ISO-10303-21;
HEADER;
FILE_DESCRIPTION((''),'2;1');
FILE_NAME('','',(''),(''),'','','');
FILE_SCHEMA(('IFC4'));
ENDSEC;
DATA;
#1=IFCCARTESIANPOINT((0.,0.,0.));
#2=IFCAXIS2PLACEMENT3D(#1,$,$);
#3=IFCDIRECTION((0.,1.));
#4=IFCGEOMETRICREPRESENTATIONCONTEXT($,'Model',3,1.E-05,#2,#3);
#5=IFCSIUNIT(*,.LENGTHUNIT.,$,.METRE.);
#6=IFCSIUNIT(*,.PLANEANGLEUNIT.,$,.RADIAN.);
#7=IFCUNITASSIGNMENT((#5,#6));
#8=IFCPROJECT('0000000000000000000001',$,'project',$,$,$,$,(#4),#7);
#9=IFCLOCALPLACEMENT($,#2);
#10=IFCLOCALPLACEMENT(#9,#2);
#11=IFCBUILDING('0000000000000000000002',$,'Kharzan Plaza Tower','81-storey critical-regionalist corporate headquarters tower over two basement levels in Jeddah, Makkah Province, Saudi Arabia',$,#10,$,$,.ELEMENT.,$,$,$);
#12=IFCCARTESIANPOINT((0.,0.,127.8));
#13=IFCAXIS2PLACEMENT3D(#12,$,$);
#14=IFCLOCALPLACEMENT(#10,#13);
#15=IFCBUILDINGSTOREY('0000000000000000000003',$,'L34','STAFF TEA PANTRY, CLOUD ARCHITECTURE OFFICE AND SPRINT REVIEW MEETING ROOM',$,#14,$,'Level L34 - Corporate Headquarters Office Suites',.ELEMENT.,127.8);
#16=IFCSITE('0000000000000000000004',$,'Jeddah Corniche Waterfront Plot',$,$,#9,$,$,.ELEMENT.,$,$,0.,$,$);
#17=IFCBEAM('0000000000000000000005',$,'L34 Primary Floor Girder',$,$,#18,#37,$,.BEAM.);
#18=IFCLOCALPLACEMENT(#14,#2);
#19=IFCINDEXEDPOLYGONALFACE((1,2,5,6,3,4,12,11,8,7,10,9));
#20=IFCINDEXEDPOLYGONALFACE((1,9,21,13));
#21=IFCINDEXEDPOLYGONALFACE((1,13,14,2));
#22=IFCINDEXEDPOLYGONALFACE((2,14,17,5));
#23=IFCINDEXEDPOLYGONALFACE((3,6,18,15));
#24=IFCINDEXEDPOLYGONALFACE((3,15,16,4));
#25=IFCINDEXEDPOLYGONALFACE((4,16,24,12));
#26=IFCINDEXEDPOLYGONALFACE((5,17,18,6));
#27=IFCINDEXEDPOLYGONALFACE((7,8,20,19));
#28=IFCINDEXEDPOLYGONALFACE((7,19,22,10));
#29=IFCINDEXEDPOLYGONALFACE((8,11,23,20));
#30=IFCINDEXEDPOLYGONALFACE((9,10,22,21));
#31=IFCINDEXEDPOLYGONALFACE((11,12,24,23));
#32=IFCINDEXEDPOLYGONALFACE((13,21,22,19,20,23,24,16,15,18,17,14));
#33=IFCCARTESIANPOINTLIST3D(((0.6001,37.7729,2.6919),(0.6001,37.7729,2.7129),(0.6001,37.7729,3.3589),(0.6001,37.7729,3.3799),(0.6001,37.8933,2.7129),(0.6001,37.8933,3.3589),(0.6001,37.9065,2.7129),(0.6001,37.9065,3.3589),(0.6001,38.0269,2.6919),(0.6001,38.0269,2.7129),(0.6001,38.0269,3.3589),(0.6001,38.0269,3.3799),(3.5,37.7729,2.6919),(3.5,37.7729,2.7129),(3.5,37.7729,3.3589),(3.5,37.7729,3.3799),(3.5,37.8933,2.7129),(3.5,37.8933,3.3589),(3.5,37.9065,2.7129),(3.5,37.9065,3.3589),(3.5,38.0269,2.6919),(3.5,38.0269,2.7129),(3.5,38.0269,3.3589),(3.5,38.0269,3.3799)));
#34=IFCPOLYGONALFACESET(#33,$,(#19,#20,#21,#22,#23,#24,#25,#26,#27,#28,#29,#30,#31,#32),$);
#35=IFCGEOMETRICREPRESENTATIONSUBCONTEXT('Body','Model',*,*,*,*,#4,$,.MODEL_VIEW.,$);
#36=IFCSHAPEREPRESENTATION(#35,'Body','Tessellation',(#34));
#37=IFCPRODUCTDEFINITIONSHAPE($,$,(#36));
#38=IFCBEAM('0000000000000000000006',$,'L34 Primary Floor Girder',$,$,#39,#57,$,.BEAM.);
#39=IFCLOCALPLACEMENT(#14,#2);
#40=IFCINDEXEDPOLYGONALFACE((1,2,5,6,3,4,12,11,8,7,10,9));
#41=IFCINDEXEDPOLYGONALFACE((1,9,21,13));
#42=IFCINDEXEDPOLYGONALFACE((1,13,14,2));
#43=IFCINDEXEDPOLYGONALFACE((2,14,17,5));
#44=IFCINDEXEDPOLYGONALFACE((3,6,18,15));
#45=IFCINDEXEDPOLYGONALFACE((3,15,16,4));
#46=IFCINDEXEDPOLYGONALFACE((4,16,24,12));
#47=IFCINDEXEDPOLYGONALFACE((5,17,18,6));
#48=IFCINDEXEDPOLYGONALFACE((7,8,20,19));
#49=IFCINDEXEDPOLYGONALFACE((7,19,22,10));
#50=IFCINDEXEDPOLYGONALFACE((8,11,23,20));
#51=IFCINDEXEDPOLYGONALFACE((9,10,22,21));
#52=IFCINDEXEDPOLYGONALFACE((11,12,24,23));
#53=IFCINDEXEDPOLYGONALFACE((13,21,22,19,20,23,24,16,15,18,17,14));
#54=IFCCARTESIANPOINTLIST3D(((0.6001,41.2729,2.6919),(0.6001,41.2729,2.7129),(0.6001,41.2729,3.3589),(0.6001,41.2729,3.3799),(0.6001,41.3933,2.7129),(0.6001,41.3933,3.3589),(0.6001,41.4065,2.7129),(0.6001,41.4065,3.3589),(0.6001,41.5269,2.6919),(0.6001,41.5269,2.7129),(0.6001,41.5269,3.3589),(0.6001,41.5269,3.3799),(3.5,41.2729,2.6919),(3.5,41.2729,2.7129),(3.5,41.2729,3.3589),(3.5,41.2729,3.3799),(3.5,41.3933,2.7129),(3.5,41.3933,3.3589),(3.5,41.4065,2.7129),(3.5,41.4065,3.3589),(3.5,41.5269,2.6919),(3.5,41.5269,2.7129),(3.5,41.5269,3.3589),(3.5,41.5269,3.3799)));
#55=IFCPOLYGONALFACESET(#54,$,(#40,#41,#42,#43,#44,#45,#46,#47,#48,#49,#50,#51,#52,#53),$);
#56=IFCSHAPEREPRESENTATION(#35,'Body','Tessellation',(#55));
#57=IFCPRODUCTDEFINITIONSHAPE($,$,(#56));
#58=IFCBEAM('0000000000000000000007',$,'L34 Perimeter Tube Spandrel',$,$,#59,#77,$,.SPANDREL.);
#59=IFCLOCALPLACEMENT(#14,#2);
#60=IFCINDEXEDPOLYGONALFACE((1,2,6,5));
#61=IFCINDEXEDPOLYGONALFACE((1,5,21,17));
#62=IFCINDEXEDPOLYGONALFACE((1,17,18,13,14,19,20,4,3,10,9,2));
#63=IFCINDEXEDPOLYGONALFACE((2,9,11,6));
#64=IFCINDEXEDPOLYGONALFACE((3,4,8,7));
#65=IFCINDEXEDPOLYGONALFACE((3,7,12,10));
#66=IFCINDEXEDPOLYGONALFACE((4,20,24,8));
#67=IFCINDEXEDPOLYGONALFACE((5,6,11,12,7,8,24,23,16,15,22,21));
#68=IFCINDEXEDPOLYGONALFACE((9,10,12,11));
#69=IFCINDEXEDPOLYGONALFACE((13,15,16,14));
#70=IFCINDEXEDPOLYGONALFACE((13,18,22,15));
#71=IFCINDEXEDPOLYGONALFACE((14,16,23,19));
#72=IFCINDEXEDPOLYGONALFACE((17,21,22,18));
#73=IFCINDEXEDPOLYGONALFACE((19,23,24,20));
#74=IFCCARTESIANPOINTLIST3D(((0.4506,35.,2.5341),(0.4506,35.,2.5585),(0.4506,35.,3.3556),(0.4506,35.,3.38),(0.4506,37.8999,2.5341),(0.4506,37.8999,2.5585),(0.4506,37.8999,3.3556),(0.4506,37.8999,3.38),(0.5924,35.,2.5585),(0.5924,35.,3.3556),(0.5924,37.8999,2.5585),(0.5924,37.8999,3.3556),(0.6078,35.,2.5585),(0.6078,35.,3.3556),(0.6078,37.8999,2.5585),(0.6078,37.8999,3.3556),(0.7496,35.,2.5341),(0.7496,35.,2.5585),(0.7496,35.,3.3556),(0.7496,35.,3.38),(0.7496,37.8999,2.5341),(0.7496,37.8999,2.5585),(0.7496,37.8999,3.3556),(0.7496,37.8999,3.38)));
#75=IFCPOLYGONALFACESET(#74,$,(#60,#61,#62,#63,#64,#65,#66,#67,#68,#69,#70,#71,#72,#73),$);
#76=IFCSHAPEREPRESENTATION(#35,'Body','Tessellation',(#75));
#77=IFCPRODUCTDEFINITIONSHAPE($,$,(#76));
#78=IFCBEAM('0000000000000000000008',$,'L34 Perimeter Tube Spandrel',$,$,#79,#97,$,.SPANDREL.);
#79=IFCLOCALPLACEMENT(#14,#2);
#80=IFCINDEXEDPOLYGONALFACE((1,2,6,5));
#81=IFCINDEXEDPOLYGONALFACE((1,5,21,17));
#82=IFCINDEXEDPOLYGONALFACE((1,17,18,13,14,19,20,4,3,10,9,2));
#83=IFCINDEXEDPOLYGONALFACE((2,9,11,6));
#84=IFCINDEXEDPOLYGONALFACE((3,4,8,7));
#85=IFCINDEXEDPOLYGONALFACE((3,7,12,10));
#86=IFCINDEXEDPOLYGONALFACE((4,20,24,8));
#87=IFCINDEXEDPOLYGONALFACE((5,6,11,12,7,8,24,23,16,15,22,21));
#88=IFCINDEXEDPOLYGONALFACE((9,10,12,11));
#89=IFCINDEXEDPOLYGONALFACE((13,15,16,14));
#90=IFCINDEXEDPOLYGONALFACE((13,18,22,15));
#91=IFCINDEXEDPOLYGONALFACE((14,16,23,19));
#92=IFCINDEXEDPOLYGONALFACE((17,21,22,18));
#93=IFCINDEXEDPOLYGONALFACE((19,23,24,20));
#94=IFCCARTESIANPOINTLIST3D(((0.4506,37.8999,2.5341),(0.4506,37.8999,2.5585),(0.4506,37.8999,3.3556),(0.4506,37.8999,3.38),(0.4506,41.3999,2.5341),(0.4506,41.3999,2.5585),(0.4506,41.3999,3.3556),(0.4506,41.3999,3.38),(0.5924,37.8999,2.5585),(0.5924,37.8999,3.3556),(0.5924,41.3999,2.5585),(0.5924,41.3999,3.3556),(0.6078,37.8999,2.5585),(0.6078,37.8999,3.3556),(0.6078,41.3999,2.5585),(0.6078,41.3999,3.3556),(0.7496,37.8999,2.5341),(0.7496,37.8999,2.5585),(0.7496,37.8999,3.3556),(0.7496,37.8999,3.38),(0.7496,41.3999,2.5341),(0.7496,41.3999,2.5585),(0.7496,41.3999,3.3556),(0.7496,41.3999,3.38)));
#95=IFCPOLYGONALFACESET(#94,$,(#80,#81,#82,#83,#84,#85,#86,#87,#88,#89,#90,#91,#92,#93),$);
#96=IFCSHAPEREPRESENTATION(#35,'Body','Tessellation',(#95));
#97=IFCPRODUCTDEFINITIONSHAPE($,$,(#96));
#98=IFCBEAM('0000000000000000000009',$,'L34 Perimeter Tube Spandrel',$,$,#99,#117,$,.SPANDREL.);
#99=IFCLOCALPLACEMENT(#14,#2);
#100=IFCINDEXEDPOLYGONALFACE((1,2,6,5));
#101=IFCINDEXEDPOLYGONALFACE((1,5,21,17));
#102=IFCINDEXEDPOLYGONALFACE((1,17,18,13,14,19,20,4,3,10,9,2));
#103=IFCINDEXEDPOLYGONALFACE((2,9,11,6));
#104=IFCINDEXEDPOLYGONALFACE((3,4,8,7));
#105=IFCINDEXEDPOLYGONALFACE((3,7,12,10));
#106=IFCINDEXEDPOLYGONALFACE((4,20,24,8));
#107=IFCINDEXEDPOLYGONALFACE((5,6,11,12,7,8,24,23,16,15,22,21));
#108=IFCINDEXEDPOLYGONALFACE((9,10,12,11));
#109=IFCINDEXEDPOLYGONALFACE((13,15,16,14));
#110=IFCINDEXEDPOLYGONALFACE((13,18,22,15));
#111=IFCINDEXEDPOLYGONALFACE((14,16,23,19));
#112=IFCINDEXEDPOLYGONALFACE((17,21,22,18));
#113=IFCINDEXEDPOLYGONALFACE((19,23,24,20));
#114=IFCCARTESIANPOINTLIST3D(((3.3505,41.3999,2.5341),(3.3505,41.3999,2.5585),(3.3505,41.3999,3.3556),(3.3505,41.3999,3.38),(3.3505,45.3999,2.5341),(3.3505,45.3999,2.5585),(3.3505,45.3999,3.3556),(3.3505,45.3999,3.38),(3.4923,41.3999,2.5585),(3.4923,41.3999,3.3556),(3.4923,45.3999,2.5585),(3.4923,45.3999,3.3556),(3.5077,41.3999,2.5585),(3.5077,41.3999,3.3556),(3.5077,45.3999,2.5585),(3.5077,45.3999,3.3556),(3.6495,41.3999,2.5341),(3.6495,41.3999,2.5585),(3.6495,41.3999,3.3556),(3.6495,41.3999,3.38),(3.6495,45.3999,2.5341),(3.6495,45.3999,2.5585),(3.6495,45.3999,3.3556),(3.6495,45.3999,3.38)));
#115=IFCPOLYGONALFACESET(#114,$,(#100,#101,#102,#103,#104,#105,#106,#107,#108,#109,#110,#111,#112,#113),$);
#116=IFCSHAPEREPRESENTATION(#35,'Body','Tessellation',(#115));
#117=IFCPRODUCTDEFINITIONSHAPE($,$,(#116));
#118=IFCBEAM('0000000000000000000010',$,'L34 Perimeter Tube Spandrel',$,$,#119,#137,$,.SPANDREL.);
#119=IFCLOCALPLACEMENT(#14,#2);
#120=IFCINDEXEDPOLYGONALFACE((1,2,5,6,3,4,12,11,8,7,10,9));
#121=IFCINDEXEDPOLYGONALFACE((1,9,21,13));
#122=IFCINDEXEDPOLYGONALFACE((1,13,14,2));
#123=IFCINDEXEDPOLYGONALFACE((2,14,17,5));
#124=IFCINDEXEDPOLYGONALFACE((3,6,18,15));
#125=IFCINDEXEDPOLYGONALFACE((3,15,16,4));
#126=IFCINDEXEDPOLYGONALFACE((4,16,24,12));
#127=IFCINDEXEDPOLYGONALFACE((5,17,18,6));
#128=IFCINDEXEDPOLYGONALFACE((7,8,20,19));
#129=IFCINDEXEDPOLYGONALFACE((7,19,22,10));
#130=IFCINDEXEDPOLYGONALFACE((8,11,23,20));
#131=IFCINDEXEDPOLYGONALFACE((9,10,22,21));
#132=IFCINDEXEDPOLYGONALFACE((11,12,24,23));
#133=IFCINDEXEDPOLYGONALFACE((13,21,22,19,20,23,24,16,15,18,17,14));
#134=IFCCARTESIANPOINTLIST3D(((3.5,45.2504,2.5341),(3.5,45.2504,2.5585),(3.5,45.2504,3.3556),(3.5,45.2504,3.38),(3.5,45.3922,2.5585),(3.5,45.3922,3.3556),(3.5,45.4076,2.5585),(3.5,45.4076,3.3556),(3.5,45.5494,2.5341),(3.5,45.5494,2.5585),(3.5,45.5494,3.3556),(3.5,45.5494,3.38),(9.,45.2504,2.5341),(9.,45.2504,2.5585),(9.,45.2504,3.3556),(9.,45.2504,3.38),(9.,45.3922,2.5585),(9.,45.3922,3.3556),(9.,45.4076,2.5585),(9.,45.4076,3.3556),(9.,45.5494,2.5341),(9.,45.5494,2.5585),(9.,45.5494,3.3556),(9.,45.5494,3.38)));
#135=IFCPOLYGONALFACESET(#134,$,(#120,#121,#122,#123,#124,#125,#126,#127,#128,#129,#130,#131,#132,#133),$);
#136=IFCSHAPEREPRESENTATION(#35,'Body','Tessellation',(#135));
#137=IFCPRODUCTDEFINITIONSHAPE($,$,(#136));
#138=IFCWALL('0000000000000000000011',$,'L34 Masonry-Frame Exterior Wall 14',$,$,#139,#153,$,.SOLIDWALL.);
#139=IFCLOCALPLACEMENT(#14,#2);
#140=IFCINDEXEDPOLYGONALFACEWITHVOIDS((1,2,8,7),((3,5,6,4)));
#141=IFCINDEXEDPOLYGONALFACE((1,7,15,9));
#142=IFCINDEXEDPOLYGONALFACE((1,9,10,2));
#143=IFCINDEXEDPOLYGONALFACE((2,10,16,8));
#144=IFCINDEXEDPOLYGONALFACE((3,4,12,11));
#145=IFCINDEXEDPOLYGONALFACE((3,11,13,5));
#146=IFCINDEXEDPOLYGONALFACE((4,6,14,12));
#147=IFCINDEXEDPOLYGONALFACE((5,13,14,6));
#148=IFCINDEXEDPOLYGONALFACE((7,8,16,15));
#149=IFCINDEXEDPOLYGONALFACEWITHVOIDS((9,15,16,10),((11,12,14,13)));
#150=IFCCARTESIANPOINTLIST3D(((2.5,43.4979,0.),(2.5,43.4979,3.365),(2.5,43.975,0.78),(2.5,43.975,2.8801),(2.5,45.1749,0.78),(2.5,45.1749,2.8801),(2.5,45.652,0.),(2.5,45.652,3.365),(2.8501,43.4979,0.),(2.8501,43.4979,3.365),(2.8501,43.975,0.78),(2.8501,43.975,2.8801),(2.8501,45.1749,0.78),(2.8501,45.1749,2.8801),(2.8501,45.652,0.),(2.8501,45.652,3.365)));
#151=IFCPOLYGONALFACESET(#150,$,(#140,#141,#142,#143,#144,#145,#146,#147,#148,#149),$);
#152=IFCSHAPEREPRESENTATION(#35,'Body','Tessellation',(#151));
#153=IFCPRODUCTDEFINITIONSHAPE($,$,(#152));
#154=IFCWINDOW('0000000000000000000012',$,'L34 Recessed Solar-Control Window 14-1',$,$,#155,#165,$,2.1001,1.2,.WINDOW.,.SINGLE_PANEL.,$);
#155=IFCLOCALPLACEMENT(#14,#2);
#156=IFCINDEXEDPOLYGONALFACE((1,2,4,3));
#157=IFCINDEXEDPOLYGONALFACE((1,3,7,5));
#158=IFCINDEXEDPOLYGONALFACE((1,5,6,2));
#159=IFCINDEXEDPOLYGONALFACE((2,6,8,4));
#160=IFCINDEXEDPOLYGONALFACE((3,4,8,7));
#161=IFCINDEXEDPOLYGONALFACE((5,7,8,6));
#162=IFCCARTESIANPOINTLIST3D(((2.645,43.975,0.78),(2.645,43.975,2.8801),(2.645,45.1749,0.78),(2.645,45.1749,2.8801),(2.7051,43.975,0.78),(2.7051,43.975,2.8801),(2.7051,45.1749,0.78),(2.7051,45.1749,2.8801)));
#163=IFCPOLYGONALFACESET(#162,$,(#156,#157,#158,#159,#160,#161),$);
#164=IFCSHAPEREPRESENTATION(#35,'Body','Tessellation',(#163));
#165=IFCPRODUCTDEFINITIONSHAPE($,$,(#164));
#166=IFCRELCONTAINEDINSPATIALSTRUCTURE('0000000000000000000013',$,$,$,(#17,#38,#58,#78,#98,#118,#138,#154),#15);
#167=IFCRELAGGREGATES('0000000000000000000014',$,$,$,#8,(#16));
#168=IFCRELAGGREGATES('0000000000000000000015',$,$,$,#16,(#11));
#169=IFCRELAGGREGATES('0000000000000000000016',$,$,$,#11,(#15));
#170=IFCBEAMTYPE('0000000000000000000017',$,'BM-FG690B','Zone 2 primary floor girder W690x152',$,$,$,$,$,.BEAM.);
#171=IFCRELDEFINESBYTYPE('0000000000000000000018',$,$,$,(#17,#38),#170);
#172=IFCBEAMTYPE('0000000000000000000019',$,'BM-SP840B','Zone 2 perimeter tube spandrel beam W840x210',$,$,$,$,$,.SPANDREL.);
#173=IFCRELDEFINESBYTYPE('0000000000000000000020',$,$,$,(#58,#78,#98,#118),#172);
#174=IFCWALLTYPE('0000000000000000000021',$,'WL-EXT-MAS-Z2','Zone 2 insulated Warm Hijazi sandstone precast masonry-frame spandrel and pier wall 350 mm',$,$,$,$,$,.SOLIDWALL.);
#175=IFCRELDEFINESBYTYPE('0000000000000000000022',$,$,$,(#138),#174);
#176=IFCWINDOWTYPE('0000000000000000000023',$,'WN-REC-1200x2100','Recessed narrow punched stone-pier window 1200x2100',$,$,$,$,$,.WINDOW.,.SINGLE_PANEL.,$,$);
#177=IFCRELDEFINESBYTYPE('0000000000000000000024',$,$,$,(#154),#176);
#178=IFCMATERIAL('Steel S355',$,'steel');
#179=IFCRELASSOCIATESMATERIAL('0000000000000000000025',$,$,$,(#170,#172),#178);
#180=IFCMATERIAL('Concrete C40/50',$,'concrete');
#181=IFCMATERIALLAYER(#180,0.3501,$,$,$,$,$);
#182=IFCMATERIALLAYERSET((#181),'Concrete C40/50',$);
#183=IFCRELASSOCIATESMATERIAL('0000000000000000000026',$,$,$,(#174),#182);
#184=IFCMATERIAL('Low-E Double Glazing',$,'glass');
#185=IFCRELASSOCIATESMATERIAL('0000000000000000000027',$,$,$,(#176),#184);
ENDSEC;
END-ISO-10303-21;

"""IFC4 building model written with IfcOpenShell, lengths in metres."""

from ifc_helpers import new_model, si_unit, direction, frame, frame_2d, origin, origin_2d, place, context, subcontext, project, spatial, rectangle, i_section, extrude, source, transform, mapped, material, layer, layer_set, material_profile, profile_set, type_object, element, fill, save


model = new_model("IFC4")

# Units and contexts
model_context = context("Model", 3, precision=1e-05, world=origin(), true_north=direction((0.0, 1.0)))
body_context = subcontext(model_context, "Body", "Model", "MODEL_VIEW")
ifc_project = project(units=[si_unit("LENGTHUNIT", "METRE"), si_unit("PLANEANGLEUNIT", "RADIAN")], contexts=[model_context])

# Site, building, storey
site_placement = place(None, origin())
site = spatial("IfcSite", under=ifc_project, at=site_placement, Name="Jeddah Corniche Waterfront Plot", CompositionType="ELEMENT", RefElevation=0.0)
building_placement = place(site_placement, origin())
building = spatial("IfcBuilding", under=site, at=building_placement, Name="Kharzan Plaza Tower", Description="81-storey critical-regionalist corporate headquarters tower over two basement levels in Jeddah, Makkah Province, Saudi Arabia", CompositionType="ELEMENT")
storey_placement = place(building_placement, frame((0.0, 0.0, 127.8)))
storey = spatial("IfcBuildingStorey", under=building, at=storey_placement, Name="L34", Description="STAFF TEA PANTRY, CLOUD ARCHITECTURE OFFICE AND SPRINT REVIEW MEETING ROOM", LongName="Level L34 - Corporate Headquarters Office Suites", CompositionType="ELEMENT", Elevation=127.8)

# Beams
ifc_material_1 = material(Name="Steel S355", Category="steel")
ifc_material_profile_1 = material_profile(ifc_material_1, i_section(OverallWidth=0.2539, OverallDepth=0.688, WebThickness=0.0132, FlangeThickness=0.021, at=origin_2d()), Name="W690x152")
ifc_profile_set_1 = profile_set([ifc_material_profile_1], Name="Steel S355")
beam_type_1 = type_object("IfcBeamType", Name="BM-FG690B", Description="Zone 2 primary floor girder W690x152", PredefinedType="BEAM", material=ifc_profile_set_1)
shared_shape_1 = source(origin(), body_context, "Body", "SweptSolid", [
    extrude(i_section(OverallWidth=0.2539, OverallDepth=0.688, WebThickness=0.0132, FlangeThickness=0.021, at=origin_2d()), origin(), (0.0, 0.0, 1.0), 2.8999),
])
for number, where, z_axis, x_axis, name in (
    (1, (0.6001, 37.8999, 3.0359), (1.0, 0.0, 0.0), (0.0, 1.0, 0.0), "L34 Primary Floor Girder"),
    (2, (0.6001, 41.3999, 3.0359), (1.0, 0.0, 0.0), (0.0, 1.0, 0.0), "L34 Primary Floor Girder"),
):
    element("IfcBeam", number, at=place(storey_placement, frame(where, z_axis=z_axis, x_axis=x_axis)), inside=storey, type_object=beam_type_1, Name=name, PredefinedType="BEAM", context=body_context, shape_type="MappedRepresentation", body=[
        mapped(shared_shape_1, transform((0.0, 0.0, 0.0), x_axis=(1.0, 0.0, 0.0), y_axis=(0.0, 1.0, 0.0), z_axis=(0.0, 0.0, 1.0))),
    ])
ifc_material_profile_2 = material_profile(ifc_material_1, i_section(OverallWidth=0.2991, OverallDepth=0.8459, WebThickness=0.0154, FlangeThickness=0.0244, at=origin_2d()), Name="W840x210")
ifc_profile_set_2 = profile_set([ifc_material_profile_2], Name="Steel S355")
beam_type_2 = type_object("IfcBeamType", Name="BM-SP840B", Description="Zone 2 perimeter tube spandrel beam W840x210", PredefinedType="SPANDREL", material=ifc_profile_set_2)
shared_shape_2 = source(origin(), body_context, "Body", "SweptSolid", [
    extrude(i_section(OverallWidth=0.2991, OverallDepth=0.8459, WebThickness=0.0154, FlangeThickness=0.0244, at=origin_2d()), origin(), (0.0, 0.0, 1.0), 2.8999),
])
beam_1_placement = place(storey_placement, frame((0.6001, 35.0, 2.957), z_axis=(0.0, 1.0, 0.0), x_axis=(-1.0, 0.0, 0.0)))
element("IfcBeam", 3, at=beam_1_placement, inside=storey, type_object=beam_type_2, Name="L34 Perimeter Tube Spandrel", PredefinedType="SPANDREL", context=body_context, shape_type="MappedRepresentation", body=[
    mapped(shared_shape_2, transform((0.0, 0.0, 0.0), x_axis=(1.0, 0.0, 0.0), y_axis=(0.0, 1.0, 0.0), z_axis=(0.0, 0.0, 1.0))),
])
shared_shape_3 = source(origin(), body_context, "Body", "SweptSolid", [
    extrude(i_section(OverallWidth=0.2991, OverallDepth=0.8459, WebThickness=0.0154, FlangeThickness=0.0244, at=origin_2d()), origin(), (0.0, 0.0, 1.0), 3.5),
])
beam_2_placement = place(storey_placement, frame((0.6001, 37.8999, 2.957), z_axis=(0.0, 1.0, 0.0), x_axis=(-1.0, 0.0, 0.0)))
element("IfcBeam", 4, at=beam_2_placement, inside=storey, type_object=beam_type_2, Name="L34 Perimeter Tube Spandrel", PredefinedType="SPANDREL", context=body_context, shape_type="MappedRepresentation", body=[
    mapped(shared_shape_3, transform((0.0, 0.0, 0.0), x_axis=(1.0, 0.0, 0.0), y_axis=(0.0, 1.0, 0.0), z_axis=(0.0, 0.0, 1.0))),
])
shared_shape_4 = source(origin(), body_context, "Body", "SweptSolid", [
    extrude(i_section(OverallWidth=0.2991, OverallDepth=0.8459, WebThickness=0.0154, FlangeThickness=0.0244, at=origin_2d()), origin(), (0.0, 0.0, 1.0), 4.0),
])
beam_3_placement = place(storey_placement, frame((3.5, 41.3999, 2.957), z_axis=(0.0, 1.0, 0.0), x_axis=(-1.0, 0.0, 0.0)))
element("IfcBeam", 5, at=beam_3_placement, inside=storey, type_object=beam_type_2, Name="L34 Perimeter Tube Spandrel", PredefinedType="SPANDREL", context=body_context, shape_type="MappedRepresentation", body=[
    mapped(shared_shape_4, transform((0.0, 0.0, 0.0), x_axis=(1.0, 0.0, 0.0), y_axis=(0.0, 1.0, 0.0), z_axis=(0.0, 0.0, 1.0))),
])
shared_shape_5 = source(origin(), body_context, "Body", "SweptSolid", [
    extrude(i_section(OverallWidth=0.2991, OverallDepth=0.8459, WebThickness=0.0154, FlangeThickness=0.0244, at=origin_2d()), origin(), (0.0, 0.0, 1.0), 5.5),
])
beam_4_placement = place(storey_placement, frame((3.5, 45.3999, 2.957), z_axis=(1.0, 0.0, 0.0), x_axis=(0.0, 1.0, 0.0)))
element("IfcBeam", 6, at=beam_4_placement, inside=storey, type_object=beam_type_2, Name="L34 Perimeter Tube Spandrel", PredefinedType="SPANDREL", context=body_context, shape_type="MappedRepresentation", body=[
    mapped(shared_shape_5, transform((0.0, 0.0, 0.0), x_axis=(1.0, 0.0, 0.0), y_axis=(0.0, 1.0, 0.0), z_axis=(0.0, 0.0, 1.0))),
])

# Wall, opening, window
ifc_material_2 = material(Name="Concrete C40/50", Category="concrete")
ifc_layer_1 = layer(ifc_material_2, 0.3501)
ifc_layer_set_1 = layer_set([ifc_layer_1], Name="Concrete C40/50")
wall_type_1 = type_object("IfcWallType", Name="WL-EXT-MAS-Z2", Description="Zone 2 insulated Warm Hijazi sandstone precast masonry-frame spandrel and pier wall 350 mm", PredefinedType="SOLIDWALL", material=ifc_layer_set_1)
wall_1_placement = place(storey_placement, frame((2.675, 45.6521, 0.0), z_axis=(0.0, 0.0, 1.0), x_axis=(0.0, -1.0, 0.0)))
wall_1 = element("IfcWall", 7, at=wall_1_placement, inside=storey, type_object=wall_type_1, Name="L34 Masonry-Frame Exterior Wall 14", PredefinedType="SOLIDWALL", context=body_context, shape_type="SweptSolid", body=[
    extrude(rectangle(XDim=2.1541, YDim=0.3501, at=frame_2d((1.0771, 0.0))), origin(), (0.0, 0.0, 1.0), 3.365),
])
opening_1_placement = place(wall_1_placement, frame((0.4771, 0.0, 0.78)))
opening_1 = element("IfcOpeningElement", 8, at=opening_1_placement, cuts=wall_1, PredefinedType="OPENING", context=body_context, shape_type="SweptSolid", body=[
    extrude(rectangle(XDim=1.2, YDim=2.1001, at=frame_2d((0.6001, 1.05))), frame((0.0, 0.1851, 0.0), z_axis=(0.0, -1.0, 0.0), x_axis=(1.0, 0.0, 0.0)), (0.0, 0.0, 1.0), 0.3701),
])
ifc_material_3 = material(Name="Low-E Double Glazing", Category="glass")
window_type_1 = type_object("IfcWindowType", Name="WN-REC-1200x2100", Description="Recessed narrow punched stone-pier window 1200x2100", PartitioningType="SINGLE_PANEL", PredefinedType="WINDOW", material=ifc_material_3)
shared_shape_6 = source(origin(), body_context, "Body", "SweptSolid", [
    extrude(rectangle(XDim=1.2, YDim=2.1001, at=frame_2d((0.6001, 1.05))), frame((0.0, 0.03, 0.0), z_axis=(0.0, -1.0, 0.0), x_axis=(1.0, 0.0, 0.0)), (0.0, 0.0, 1.0), 0.0601),
])
window_1_placement = place(opening_1_placement, origin())
window_1 = element("IfcWindow", 9, at=window_1_placement, inside=storey, type_object=window_type_1, Name="L34 Recessed Solar-Control Window 14-1", OverallHeight=2.1001, OverallWidth=1.2, PartitioningType="SINGLE_PANEL", PredefinedType="WINDOW", context=body_context, shape_type="MappedRepresentation", body=[
    mapped(shared_shape_6, transform((0.0, 0.0, 0.0), x_axis=(1.0, 0.0, 0.0), y_axis=(0.0, 1.0, 0.0), z_axis=(0.0, 0.0, 1.0))),
])
fill(opening_1, window_1)

save(model, "model.ifc")
